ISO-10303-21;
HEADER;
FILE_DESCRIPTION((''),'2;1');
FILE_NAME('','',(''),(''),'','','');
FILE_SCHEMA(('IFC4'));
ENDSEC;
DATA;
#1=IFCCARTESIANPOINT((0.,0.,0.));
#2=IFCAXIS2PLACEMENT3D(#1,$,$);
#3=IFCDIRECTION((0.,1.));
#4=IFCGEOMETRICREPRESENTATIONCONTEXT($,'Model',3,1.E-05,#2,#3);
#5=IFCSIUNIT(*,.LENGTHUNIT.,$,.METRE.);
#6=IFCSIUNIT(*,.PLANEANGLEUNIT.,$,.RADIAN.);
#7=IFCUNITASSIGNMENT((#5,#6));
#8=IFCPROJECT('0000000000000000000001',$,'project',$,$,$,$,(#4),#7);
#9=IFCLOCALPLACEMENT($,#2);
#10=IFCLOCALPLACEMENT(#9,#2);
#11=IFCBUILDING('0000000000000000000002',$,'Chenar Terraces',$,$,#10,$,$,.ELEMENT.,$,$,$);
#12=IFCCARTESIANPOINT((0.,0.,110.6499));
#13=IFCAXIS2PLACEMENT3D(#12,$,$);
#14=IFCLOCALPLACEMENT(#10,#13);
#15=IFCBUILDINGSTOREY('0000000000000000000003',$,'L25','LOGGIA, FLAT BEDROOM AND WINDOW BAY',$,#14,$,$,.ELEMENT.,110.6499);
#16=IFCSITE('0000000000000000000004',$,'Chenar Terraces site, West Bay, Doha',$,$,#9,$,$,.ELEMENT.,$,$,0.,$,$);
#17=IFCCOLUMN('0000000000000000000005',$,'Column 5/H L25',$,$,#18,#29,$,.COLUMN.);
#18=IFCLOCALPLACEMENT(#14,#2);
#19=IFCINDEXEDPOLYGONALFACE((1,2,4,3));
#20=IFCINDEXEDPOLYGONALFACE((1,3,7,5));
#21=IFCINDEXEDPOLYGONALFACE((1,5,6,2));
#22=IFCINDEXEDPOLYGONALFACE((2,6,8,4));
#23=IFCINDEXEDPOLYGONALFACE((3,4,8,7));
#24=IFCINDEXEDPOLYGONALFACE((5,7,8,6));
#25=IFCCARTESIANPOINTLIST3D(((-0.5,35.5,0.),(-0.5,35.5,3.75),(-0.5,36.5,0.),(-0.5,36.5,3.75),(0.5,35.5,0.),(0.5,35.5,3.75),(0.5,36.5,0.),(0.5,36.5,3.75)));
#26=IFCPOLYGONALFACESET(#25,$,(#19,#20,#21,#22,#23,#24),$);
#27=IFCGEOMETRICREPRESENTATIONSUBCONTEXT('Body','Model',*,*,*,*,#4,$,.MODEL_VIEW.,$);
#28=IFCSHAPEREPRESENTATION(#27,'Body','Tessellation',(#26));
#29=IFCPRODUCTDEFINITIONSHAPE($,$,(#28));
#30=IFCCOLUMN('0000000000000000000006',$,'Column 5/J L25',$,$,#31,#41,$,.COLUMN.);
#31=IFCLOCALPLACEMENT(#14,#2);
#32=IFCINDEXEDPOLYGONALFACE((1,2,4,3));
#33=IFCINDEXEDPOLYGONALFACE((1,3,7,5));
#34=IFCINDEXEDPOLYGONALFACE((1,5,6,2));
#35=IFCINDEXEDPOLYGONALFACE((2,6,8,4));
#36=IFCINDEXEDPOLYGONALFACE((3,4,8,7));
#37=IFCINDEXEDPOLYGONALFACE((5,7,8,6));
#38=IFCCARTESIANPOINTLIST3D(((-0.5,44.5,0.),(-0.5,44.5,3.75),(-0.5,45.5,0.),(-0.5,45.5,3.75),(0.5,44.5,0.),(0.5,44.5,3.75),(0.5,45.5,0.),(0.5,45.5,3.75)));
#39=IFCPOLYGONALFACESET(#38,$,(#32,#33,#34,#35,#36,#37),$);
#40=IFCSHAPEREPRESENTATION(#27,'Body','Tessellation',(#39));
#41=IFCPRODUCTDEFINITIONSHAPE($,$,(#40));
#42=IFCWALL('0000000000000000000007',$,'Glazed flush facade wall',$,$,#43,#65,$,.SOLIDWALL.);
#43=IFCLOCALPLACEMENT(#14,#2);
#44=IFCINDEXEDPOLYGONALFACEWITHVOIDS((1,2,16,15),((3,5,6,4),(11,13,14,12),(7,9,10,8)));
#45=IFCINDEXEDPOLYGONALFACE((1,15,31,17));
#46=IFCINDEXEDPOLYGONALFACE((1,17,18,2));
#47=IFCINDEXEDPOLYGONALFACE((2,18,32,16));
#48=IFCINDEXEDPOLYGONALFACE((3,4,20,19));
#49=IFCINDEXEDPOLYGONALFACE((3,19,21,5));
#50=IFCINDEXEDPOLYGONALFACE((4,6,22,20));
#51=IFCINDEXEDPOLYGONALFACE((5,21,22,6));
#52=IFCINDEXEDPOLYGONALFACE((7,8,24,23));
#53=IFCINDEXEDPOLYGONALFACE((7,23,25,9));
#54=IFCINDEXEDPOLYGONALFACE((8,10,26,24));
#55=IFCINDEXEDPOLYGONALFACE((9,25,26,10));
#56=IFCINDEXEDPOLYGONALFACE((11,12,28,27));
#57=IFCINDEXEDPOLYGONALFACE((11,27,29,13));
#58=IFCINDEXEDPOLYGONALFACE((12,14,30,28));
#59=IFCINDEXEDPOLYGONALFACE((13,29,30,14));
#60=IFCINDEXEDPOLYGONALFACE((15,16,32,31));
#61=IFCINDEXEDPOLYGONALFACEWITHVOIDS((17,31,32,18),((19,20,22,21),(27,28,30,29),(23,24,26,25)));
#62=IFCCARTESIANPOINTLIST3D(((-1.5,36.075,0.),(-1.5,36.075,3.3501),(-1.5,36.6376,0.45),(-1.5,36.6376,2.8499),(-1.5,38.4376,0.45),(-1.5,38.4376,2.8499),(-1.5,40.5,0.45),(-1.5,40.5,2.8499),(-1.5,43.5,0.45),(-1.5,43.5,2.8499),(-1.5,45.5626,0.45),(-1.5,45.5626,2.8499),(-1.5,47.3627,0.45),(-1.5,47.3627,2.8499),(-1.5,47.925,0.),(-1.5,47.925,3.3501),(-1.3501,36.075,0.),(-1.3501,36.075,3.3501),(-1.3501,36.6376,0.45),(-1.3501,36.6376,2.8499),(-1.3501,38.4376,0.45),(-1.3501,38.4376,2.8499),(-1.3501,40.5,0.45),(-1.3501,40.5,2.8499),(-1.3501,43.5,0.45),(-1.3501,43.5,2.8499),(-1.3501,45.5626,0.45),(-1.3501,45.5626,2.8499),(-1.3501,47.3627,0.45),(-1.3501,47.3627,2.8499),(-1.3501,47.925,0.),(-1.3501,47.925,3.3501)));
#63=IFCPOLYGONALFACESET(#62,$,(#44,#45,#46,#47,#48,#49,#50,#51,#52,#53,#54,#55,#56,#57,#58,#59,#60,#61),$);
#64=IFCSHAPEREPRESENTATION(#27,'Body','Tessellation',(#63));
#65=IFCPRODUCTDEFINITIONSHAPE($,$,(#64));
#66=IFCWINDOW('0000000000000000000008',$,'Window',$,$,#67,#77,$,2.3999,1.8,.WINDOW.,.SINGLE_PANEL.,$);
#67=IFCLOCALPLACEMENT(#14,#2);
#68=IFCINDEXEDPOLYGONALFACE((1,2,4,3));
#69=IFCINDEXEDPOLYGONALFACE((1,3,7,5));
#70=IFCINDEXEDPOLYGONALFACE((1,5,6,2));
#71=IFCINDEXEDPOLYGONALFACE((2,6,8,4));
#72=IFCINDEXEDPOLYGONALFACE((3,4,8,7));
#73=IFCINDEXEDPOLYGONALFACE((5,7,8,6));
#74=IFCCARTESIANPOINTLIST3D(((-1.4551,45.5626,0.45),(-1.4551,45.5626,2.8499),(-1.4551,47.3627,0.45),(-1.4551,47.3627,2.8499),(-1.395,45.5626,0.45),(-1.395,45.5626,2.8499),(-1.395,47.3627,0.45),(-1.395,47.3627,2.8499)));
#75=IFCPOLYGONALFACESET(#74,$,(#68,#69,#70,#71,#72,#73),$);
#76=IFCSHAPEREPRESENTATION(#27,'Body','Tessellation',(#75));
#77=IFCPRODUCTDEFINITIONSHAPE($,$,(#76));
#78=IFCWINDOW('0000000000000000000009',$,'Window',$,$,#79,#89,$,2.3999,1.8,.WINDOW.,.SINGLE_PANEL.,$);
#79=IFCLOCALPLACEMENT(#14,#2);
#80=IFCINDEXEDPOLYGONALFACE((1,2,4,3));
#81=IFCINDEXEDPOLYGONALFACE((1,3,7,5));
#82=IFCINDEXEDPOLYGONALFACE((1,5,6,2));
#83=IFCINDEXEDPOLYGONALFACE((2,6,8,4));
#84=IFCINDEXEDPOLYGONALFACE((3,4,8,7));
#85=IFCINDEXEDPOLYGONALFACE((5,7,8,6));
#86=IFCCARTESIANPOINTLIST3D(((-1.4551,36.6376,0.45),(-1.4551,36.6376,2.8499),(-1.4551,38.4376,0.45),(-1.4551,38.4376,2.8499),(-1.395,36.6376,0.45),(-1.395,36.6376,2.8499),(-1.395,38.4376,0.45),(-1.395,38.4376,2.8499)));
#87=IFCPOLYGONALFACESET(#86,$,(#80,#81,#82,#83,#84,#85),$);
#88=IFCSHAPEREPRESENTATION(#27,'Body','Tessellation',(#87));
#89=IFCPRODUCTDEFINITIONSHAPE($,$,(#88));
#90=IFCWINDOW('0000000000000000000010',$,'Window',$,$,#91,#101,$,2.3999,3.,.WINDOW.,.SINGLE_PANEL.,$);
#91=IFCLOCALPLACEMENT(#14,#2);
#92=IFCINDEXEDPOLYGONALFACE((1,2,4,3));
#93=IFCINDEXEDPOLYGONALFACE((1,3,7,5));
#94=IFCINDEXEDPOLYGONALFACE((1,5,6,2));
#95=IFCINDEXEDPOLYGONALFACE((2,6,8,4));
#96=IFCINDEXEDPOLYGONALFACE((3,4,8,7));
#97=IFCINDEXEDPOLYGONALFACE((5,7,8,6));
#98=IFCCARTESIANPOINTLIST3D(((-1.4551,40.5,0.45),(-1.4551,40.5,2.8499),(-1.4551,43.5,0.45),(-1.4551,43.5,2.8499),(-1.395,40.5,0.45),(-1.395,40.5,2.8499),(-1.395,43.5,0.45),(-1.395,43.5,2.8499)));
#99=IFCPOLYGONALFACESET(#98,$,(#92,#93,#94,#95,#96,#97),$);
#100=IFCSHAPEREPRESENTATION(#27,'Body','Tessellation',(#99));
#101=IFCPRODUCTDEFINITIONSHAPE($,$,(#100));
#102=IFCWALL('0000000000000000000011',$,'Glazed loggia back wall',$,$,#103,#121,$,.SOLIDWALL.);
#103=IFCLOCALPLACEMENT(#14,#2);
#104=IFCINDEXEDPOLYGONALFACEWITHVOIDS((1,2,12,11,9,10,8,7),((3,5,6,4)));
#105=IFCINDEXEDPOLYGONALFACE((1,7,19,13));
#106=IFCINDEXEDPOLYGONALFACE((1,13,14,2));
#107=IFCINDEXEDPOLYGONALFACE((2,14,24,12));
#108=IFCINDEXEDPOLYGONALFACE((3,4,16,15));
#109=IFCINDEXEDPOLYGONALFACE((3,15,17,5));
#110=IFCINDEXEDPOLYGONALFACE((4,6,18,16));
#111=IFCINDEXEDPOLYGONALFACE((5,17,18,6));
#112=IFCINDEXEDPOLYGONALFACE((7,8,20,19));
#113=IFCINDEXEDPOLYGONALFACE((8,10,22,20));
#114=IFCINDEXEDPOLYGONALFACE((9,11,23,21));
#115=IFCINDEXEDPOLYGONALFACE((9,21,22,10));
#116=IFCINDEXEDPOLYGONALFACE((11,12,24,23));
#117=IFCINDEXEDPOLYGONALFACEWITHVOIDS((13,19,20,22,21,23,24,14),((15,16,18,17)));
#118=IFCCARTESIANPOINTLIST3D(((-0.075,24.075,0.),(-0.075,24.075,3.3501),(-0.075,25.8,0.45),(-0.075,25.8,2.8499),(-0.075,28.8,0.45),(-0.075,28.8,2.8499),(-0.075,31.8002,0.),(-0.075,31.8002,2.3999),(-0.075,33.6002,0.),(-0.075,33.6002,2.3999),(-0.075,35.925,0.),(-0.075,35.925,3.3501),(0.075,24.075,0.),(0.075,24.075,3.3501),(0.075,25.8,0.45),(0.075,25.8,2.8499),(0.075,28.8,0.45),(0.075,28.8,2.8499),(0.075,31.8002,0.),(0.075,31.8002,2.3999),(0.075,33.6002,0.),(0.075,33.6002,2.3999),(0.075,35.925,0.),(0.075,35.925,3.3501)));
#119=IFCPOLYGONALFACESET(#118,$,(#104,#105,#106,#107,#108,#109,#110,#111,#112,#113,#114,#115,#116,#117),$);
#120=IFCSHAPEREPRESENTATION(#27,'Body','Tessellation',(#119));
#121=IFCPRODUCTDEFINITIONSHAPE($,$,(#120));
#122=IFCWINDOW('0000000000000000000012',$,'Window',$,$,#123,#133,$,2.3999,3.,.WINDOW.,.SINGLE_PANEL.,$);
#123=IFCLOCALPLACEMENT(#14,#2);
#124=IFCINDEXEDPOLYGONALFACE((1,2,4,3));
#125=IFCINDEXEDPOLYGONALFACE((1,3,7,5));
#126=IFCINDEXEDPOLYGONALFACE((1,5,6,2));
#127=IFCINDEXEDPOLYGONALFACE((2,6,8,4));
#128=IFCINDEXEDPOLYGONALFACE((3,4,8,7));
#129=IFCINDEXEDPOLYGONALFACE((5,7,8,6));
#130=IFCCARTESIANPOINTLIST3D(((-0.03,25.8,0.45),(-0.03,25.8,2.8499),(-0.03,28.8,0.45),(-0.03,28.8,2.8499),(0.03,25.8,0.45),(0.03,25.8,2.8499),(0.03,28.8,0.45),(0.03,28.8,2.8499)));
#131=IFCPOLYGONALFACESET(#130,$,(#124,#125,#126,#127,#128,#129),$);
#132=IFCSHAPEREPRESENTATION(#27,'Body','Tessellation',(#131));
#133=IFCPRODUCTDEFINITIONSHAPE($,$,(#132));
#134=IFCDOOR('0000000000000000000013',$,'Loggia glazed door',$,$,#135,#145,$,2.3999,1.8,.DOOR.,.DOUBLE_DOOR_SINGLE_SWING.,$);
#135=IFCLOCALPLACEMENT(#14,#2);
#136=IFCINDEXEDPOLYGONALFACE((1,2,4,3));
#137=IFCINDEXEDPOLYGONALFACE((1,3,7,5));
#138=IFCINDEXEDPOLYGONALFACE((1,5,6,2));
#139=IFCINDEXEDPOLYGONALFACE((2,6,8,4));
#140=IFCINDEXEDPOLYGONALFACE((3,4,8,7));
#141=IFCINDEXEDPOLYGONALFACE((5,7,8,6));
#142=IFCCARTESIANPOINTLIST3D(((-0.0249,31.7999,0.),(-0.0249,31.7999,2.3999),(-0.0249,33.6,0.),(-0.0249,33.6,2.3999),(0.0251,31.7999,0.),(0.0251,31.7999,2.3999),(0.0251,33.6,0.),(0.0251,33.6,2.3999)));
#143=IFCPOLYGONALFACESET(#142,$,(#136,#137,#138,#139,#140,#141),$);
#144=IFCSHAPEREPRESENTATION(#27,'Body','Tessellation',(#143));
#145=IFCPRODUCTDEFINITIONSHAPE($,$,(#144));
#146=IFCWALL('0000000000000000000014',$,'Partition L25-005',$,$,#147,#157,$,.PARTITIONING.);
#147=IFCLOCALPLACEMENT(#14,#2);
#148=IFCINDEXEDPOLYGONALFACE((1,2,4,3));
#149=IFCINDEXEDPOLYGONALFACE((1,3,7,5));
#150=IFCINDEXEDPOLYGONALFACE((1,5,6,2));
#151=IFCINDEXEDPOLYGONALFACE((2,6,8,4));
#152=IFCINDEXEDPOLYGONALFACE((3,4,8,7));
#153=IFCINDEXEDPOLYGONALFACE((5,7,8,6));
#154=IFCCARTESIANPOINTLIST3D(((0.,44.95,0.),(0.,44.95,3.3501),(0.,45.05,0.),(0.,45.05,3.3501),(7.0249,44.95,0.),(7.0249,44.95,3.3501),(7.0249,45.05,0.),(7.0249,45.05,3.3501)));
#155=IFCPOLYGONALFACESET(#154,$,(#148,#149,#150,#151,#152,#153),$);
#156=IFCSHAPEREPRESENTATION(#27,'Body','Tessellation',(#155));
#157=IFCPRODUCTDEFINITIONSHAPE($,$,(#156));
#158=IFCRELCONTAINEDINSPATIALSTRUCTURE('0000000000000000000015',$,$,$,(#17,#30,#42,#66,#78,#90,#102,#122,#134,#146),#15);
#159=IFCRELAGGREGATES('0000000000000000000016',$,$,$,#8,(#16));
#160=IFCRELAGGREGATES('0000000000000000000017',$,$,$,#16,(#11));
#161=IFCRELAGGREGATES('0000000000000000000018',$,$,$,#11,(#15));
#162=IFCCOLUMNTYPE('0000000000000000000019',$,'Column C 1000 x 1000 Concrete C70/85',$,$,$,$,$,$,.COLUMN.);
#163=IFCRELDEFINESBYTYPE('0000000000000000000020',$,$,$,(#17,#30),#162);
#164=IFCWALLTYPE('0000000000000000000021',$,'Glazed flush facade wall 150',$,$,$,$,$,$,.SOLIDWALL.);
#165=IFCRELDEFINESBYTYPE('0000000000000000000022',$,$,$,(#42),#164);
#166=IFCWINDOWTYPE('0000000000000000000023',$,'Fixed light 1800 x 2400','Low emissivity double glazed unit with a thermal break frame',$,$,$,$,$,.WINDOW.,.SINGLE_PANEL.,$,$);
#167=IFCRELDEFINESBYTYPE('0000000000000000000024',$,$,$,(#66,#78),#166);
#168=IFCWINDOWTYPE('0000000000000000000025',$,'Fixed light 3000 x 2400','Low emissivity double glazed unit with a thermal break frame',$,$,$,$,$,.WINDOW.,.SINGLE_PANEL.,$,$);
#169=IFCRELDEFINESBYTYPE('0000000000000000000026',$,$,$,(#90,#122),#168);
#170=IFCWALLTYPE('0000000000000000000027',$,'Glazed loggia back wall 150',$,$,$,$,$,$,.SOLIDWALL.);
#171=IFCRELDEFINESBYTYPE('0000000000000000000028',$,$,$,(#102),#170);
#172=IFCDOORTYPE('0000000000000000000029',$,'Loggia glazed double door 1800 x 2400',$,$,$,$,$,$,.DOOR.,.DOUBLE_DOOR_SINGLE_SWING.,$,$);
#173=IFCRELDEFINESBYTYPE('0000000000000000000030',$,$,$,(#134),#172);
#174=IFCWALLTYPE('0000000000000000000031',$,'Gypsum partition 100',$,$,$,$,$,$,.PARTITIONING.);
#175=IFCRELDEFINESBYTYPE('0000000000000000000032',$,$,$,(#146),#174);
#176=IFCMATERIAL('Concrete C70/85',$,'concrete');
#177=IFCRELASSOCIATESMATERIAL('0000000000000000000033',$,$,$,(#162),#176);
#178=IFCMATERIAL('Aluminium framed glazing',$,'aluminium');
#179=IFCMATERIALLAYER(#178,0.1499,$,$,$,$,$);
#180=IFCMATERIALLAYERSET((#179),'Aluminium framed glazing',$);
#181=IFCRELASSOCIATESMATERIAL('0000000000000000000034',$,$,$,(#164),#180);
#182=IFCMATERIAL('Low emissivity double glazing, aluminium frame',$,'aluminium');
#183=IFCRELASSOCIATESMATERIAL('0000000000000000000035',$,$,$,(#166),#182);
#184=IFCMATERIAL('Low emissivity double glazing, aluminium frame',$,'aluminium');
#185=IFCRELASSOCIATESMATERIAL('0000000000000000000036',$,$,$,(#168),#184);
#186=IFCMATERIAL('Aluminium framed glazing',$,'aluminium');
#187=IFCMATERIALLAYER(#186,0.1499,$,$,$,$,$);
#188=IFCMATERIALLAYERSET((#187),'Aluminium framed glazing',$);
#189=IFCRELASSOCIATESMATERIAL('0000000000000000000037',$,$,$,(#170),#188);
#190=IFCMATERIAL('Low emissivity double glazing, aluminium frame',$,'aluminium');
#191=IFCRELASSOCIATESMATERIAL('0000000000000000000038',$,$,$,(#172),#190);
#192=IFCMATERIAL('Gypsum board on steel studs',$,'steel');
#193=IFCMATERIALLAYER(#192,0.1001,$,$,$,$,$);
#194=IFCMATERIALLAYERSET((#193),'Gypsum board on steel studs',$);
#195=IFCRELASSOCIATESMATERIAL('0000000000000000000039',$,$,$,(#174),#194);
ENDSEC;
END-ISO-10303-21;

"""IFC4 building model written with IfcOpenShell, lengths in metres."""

from ifc_helpers import new_model, si_unit, direction, frame, frame_2d, origin, origin_2d, place, context, subcontext, project, spatial, rectangle, extrude, material, layer, layer_set, material_profile, profile_set, type_object, element, fill, save


model = new_model("IFC4")

# Units and contexts
model_context = context("Model", 3, precision=1e-05, world=origin(), true_north=direction((0.0, 1.0)))
body_context = subcontext(model_context, "Body", "Model", "MODEL_VIEW")
ifc_project = project(units=[si_unit("LENGTHUNIT", "METRE"), si_unit("PLANEANGLEUNIT", "RADIAN")], contexts=[model_context])

# Site, building, storey
site_placement = place(None, origin())
site = spatial("IfcSite", under=ifc_project, at=site_placement, Name="Chenar Terraces site, West Bay, Doha", CompositionType="ELEMENT", RefElevation=0.0)
building_placement = place(site_placement, origin())
building = spatial("IfcBuilding", under=site, at=building_placement, Name="Chenar Terraces", CompositionType="ELEMENT")
storey_placement = place(building_placement, frame((0.0, 0.0, 110.6499)))
storey = spatial("IfcBuildingStorey", under=building, at=storey_placement, Name="L25", Description="LOGGIA, FLAT BEDROOM AND WINDOW BAY", CompositionType="ELEMENT", Elevation=110.6499)

# Columns
ifc_material_1 = material(Name="Concrete C70/85", Category="concrete")
ifc_material_profile = material_profile(ifc_material_1, rectangle(XDim=1.0, YDim=1.0, at=origin_2d()), Name="C 1000 x 1000")
ifc_profile_set = profile_set([ifc_material_profile], Name="Concrete C70/85")
column_type = type_object("IfcColumnType", Name="Column C 1000 x 1000 Concrete C70/85", PredefinedType="COLUMN", material=ifc_profile_set)
placement_1 = place(storey_placement, frame((0.0, 36.0, 0.0), z_axis=(0.0, 0.0, 1.0), x_axis=(1.0, 0.0, 0.0)))
element("IfcColumn", 1, at=placement_1, inside=storey, type_object=column_type, Name="Column 5/H L25", PredefinedType="COLUMN", context=body_context, shape_type="SweptSolid", body=[
    extrude(rectangle(XDim=1.0, YDim=1.0, at=origin_2d()), origin(), (0.0, 0.0, 1.0), 3.75),
])
placement_2 = place(storey_placement, frame((0.0, 45.0, 0.0), z_axis=(0.0, 0.0, 1.0), x_axis=(1.0, 0.0, 0.0)))
element("IfcColumn", 2, at=placement_2, inside=storey, type_object=column_type, Name="Column 5/J L25", PredefinedType="COLUMN", context=body_context, shape_type="SweptSolid", body=[
    extrude(rectangle(XDim=1.0, YDim=1.0, at=origin_2d()), origin(), (0.0, 0.0, 1.0), 3.75),
])

# Wall, openings, windows
ifc_material_2 = material(Name="Aluminium framed glazing", Category="aluminium")
ifc_layer_1 = layer(ifc_material_2, 0.1499)
ifc_layer_set_1 = layer_set([ifc_layer_1], Name="Aluminium framed glazing")
wall_type_1 = type_object("IfcWallType", Name="Glazed flush facade wall 150", PredefinedType="SOLIDWALL", material=ifc_layer_set_1)
wall_1_placement = place(storey_placement, frame((-1.425, 47.925, 0.0), z_axis=(0.0, 0.0, 1.0), x_axis=(0.0, -1.0, 0.0)))
wall_1 = element("IfcWall", 3, at=wall_1_placement, inside=storey, type_object=wall_type_1, Name="Glazed flush facade wall", PredefinedType="SOLIDWALL", context=body_context, shape_type="SweptSolid", body=[
    extrude(rectangle(XDim=11.8501, YDim=0.1499, at=frame_2d((5.925, 0.0))), origin(), (0.0, 0.0, 1.0), 3.3501),
])
opening_1_placement = place(wall_1_placement, frame((0.5625, 0.0, 0.45)))
opening_1 = element("IfcOpeningElement", 4, at=opening_1_placement, cuts=wall_1, PredefinedType="OPENING", context=body_context, shape_type="SweptSolid", body=[
    extrude(rectangle(XDim=1.8, YDim=2.3999, at=frame_2d((0.8999, 1.2))), frame((0.0, 0.085, 0.0), z_axis=(0.0, -1.0, 0.0), x_axis=(1.0, 0.0, 0.0)), (0.0, 0.0, 1.0), 0.1699),
])
opening_2_placement = place(wall_1_placement, frame((4.425, 0.0, 0.45)))
opening_2 = element("IfcOpeningElement", 5, at=opening_2_placement, cuts=wall_1, PredefinedType="OPENING", context=body_context, shape_type="SweptSolid", body=[
    extrude(rectangle(XDim=3.0, YDim=2.3999, at=frame_2d((1.5, 1.2))), frame((0.0, 0.085, 0.0), z_axis=(0.0, -1.0, 0.0), x_axis=(1.0, 0.0, 0.0)), (0.0, 0.0, 1.0), 0.1699),
])
opening_3_placement = place(wall_1_placement, frame((9.4875, 0.0, 0.45)))
opening_3 = element("IfcOpeningElement", 6, at=opening_3_placement, cuts=wall_1, PredefinedType="OPENING", context=body_context, shape_type="SweptSolid", body=[
    extrude(rectangle(XDim=1.8, YDim=2.3999, at=frame_2d((0.8999, 1.2))), frame((0.0, 0.085, 0.0), z_axis=(0.0, -1.0, 0.0), x_axis=(1.0, 0.0, 0.0)), (0.0, 0.0, 1.0), 0.1699),
])
ifc_material_3 = material(Name="Low emissivity double glazing, aluminium frame", Category="aluminium")
window_type_1 = type_object("IfcWindowType", Name="Fixed light 1800 x 2400", Description="Low emissivity double glazed unit with a thermal break frame", PartitioningType="SINGLE_PANEL", PredefinedType="WINDOW", material=ifc_material_3)
window_1_placement = place(opening_1_placement, origin())
window_1 = element("IfcWindow", 7, at=window_1_placement, inside=storey, type_object=window_type_1, Name="Window", OverallHeight=2.3999, OverallWidth=1.8, PartitioningType="SINGLE_PANEL", PredefinedType="WINDOW", context=body_context, shape_type="SweptSolid", body=[
    extrude(rectangle(XDim=1.8, YDim=2.3999, at=frame_2d((0.8999, 1.2))), frame((0.0, 0.03, 0.0), z_axis=(0.0, -1.0, 0.0), x_axis=(1.0, 0.0, 0.0)), (0.0, 0.0, 1.0), 0.0601),
])
fill(opening_1, window_1)
window_2_placement = place(opening_3_placement, origin())
window_2 = element("IfcWindow", 8, at=window_2_placement, inside=storey, type_object=window_type_1, Name="Window", OverallHeight=2.3999, OverallWidth=1.8, PartitioningType="SINGLE_PANEL", PredefinedType="WINDOW", context=body_context, shape_type="SweptSolid", body=[
    extrude(rectangle(XDim=1.8, YDim=2.3999, at=frame_2d((0.8999, 1.2))), frame((0.0, 0.03, 0.0), z_axis=(0.0, -1.0, 0.0), x_axis=(1.0, 0.0, 0.0)), (0.0, 0.0, 1.0), 0.0601),
])
fill(opening_3, window_2)
ifc_material_4 = material(Name="Low emissivity double glazing, aluminium frame", Category="aluminium")
window_type_2 = type_object("IfcWindowType", Name="Fixed light 3000 x 2400", Description="Low emissivity double glazed unit with a thermal break frame", PartitioningType="SINGLE_PANEL", PredefinedType="WINDOW", material=ifc_material_4)
window_3_placement = place(opening_2_placement, origin())
window_3 = element("IfcWindow", 9, at=window_3_placement, inside=storey, type_object=window_type_2, Name="Window", OverallHeight=2.3999, OverallWidth=3.0, PartitioningType="SINGLE_PANEL", PredefinedType="WINDOW", context=body_context, shape_type="SweptSolid", body=[
    extrude(rectangle(XDim=3.0, YDim=2.3999, at=frame_2d((1.5, 1.2))), frame((0.0, 0.03, 0.0), z_axis=(0.0, -1.0, 0.0), x_axis=(1.0, 0.0, 0.0)), (0.0, 0.0, 1.0), 0.0601),
])
fill(opening_2, window_3)

# Wall, openings, window, door
ifc_material_5 = material(Name="Aluminium framed glazing", Category="aluminium")
ifc_layer_2 = layer(ifc_material_5, 0.1499)
ifc_layer_set_2 = layer_set([ifc_layer_2], Name="Aluminium framed glazing")
wall_type_2 = type_object("IfcWallType", Name="Glazed loggia back wall 150", PredefinedType="SOLIDWALL", material=ifc_layer_set_2)
wall_2_placement = place(storey_placement, frame((0.0, 35.925, 0.0), z_axis=(0.0, 0.0, 1.0), x_axis=(0.0, -1.0, 0.0)))
wall_2 = element("IfcWall", 10, at=wall_2_placement, inside=storey, type_object=wall_type_2, Name="Glazed loggia back wall", PredefinedType="SOLIDWALL", context=body_context, shape_type="SweptSolid", body=[
    extrude(rectangle(XDim=11.8501, YDim=0.1499, at=frame_2d((5.925, 0.0))), origin(), (0.0, 0.0, 1.0), 3.3501),
])
opening_4_placement = place(wall_2_placement, frame((2.325, 0.0, 0.0)))
opening_4 = element("IfcOpeningElement", 11, at=opening_4_placement, cuts=wall_2, PredefinedType="OPENING", context=body_context, shape_type="SweptSolid", body=[
    extrude(rectangle(XDim=1.8, YDim=2.3999, at=frame_2d((0.8999, 1.2))), frame((0.0, 0.085, 0.0), z_axis=(0.0, -1.0, 0.0), x_axis=(1.0, 0.0, 0.0)), (0.0, 0.0, 1.0), 0.1699),
])
opening_5_placement = place(wall_2_placement, frame((7.125, 0.0, 0.45)))
opening_5 = element("IfcOpeningElement", 12, at=opening_5_placement, cuts=wall_2, PredefinedType="OPENING", context=body_context, shape_type="SweptSolid", body=[
    extrude(rectangle(XDim=3.0, YDim=2.3999, at=frame_2d((1.5, 1.2))), frame((0.0, 0.085, 0.0), z_axis=(0.0, -1.0, 0.0), x_axis=(1.0, 0.0, 0.0)), (0.0, 0.0, 1.0), 0.1699),
])
window_4_placement = place(opening_5_placement, origin())
window_4 = element("IfcWindow", 13, at=window_4_placement, inside=storey, type_object=window_type_2, Name="Window", OverallHeight=2.3999, OverallWidth=3.0, PartitioningType="SINGLE_PANEL", PredefinedType="WINDOW", context=body_context, shape_type="SweptSolid", body=[
    extrude(rectangle(XDim=3.0, YDim=2.3999, at=frame_2d((1.5, 1.2))), frame((0.0, 0.03, 0.0), z_axis=(0.0, -1.0, 0.0), x_axis=(1.0, 0.0, 0.0)), (0.0, 0.0, 1.0), 0.0601),
])
fill(opening_5, window_4)
ifc_material_6 = material(Name="Low emissivity double glazing, aluminium frame", Category="aluminium")
door_type_1 = type_object("IfcDoorType", Name="Loggia glazed double door 1800 x 2400", OperationType="DOUBLE_DOOR_SINGLE_SWING", PredefinedType="DOOR", material=ifc_material_6)
door_1_placement = place(opening_4_placement, frame((1.8, 0.0, 0.0), z_axis=(0.0, 0.0, 1.0), x_axis=(-1.0, 0.0, 0.0)))
door_1 = element("IfcDoor", 14, at=door_1_placement, inside=storey, type_object=door_type_1, Name="Loggia glazed door", OperationType="DOUBLE_DOOR_SINGLE_SWING", OverallHeight=2.3999, OverallWidth=1.8, PredefinedType="DOOR", context=body_context, shape_type="SweptSolid", body=[
    extrude(rectangle(XDim=1.8, YDim=2.3999, at=frame_2d((0.8999, 1.2))), frame((0.0, 0.0249, 0.0), z_axis=(0.0, -1.0, 0.0), x_axis=(1.0, 0.0, 0.0)), (0.0, 0.0, 1.0), 0.05),
])
fill(opening_4, door_1)

# Wall
ifc_material_7 = material(Name="Gypsum board on steel studs", Category="steel")
ifc_layer_3 = layer(ifc_material_7, 0.1001)
ifc_layer_set_3 = layer_set([ifc_layer_3], Name="Gypsum board on steel studs")
wall_type_3 = type_object("IfcWallType", Name="Gypsum partition 100", PredefinedType="PARTITIONING", material=ifc_layer_set_3)
element("IfcWall", 15, at=placement_2, inside=storey, type_object=wall_type_3, Name="Partition L25-005", PredefinedType="PARTITIONING", context=body_context, shape_type="SweptSolid", body=[
    extrude(rectangle(XDim=7.0249, YDim=0.1001, at=frame_2d((3.5125, 0.0))), origin(), (0.0, 0.0, 1.0), 3.3501),
])

save(model, "model.ifc")
